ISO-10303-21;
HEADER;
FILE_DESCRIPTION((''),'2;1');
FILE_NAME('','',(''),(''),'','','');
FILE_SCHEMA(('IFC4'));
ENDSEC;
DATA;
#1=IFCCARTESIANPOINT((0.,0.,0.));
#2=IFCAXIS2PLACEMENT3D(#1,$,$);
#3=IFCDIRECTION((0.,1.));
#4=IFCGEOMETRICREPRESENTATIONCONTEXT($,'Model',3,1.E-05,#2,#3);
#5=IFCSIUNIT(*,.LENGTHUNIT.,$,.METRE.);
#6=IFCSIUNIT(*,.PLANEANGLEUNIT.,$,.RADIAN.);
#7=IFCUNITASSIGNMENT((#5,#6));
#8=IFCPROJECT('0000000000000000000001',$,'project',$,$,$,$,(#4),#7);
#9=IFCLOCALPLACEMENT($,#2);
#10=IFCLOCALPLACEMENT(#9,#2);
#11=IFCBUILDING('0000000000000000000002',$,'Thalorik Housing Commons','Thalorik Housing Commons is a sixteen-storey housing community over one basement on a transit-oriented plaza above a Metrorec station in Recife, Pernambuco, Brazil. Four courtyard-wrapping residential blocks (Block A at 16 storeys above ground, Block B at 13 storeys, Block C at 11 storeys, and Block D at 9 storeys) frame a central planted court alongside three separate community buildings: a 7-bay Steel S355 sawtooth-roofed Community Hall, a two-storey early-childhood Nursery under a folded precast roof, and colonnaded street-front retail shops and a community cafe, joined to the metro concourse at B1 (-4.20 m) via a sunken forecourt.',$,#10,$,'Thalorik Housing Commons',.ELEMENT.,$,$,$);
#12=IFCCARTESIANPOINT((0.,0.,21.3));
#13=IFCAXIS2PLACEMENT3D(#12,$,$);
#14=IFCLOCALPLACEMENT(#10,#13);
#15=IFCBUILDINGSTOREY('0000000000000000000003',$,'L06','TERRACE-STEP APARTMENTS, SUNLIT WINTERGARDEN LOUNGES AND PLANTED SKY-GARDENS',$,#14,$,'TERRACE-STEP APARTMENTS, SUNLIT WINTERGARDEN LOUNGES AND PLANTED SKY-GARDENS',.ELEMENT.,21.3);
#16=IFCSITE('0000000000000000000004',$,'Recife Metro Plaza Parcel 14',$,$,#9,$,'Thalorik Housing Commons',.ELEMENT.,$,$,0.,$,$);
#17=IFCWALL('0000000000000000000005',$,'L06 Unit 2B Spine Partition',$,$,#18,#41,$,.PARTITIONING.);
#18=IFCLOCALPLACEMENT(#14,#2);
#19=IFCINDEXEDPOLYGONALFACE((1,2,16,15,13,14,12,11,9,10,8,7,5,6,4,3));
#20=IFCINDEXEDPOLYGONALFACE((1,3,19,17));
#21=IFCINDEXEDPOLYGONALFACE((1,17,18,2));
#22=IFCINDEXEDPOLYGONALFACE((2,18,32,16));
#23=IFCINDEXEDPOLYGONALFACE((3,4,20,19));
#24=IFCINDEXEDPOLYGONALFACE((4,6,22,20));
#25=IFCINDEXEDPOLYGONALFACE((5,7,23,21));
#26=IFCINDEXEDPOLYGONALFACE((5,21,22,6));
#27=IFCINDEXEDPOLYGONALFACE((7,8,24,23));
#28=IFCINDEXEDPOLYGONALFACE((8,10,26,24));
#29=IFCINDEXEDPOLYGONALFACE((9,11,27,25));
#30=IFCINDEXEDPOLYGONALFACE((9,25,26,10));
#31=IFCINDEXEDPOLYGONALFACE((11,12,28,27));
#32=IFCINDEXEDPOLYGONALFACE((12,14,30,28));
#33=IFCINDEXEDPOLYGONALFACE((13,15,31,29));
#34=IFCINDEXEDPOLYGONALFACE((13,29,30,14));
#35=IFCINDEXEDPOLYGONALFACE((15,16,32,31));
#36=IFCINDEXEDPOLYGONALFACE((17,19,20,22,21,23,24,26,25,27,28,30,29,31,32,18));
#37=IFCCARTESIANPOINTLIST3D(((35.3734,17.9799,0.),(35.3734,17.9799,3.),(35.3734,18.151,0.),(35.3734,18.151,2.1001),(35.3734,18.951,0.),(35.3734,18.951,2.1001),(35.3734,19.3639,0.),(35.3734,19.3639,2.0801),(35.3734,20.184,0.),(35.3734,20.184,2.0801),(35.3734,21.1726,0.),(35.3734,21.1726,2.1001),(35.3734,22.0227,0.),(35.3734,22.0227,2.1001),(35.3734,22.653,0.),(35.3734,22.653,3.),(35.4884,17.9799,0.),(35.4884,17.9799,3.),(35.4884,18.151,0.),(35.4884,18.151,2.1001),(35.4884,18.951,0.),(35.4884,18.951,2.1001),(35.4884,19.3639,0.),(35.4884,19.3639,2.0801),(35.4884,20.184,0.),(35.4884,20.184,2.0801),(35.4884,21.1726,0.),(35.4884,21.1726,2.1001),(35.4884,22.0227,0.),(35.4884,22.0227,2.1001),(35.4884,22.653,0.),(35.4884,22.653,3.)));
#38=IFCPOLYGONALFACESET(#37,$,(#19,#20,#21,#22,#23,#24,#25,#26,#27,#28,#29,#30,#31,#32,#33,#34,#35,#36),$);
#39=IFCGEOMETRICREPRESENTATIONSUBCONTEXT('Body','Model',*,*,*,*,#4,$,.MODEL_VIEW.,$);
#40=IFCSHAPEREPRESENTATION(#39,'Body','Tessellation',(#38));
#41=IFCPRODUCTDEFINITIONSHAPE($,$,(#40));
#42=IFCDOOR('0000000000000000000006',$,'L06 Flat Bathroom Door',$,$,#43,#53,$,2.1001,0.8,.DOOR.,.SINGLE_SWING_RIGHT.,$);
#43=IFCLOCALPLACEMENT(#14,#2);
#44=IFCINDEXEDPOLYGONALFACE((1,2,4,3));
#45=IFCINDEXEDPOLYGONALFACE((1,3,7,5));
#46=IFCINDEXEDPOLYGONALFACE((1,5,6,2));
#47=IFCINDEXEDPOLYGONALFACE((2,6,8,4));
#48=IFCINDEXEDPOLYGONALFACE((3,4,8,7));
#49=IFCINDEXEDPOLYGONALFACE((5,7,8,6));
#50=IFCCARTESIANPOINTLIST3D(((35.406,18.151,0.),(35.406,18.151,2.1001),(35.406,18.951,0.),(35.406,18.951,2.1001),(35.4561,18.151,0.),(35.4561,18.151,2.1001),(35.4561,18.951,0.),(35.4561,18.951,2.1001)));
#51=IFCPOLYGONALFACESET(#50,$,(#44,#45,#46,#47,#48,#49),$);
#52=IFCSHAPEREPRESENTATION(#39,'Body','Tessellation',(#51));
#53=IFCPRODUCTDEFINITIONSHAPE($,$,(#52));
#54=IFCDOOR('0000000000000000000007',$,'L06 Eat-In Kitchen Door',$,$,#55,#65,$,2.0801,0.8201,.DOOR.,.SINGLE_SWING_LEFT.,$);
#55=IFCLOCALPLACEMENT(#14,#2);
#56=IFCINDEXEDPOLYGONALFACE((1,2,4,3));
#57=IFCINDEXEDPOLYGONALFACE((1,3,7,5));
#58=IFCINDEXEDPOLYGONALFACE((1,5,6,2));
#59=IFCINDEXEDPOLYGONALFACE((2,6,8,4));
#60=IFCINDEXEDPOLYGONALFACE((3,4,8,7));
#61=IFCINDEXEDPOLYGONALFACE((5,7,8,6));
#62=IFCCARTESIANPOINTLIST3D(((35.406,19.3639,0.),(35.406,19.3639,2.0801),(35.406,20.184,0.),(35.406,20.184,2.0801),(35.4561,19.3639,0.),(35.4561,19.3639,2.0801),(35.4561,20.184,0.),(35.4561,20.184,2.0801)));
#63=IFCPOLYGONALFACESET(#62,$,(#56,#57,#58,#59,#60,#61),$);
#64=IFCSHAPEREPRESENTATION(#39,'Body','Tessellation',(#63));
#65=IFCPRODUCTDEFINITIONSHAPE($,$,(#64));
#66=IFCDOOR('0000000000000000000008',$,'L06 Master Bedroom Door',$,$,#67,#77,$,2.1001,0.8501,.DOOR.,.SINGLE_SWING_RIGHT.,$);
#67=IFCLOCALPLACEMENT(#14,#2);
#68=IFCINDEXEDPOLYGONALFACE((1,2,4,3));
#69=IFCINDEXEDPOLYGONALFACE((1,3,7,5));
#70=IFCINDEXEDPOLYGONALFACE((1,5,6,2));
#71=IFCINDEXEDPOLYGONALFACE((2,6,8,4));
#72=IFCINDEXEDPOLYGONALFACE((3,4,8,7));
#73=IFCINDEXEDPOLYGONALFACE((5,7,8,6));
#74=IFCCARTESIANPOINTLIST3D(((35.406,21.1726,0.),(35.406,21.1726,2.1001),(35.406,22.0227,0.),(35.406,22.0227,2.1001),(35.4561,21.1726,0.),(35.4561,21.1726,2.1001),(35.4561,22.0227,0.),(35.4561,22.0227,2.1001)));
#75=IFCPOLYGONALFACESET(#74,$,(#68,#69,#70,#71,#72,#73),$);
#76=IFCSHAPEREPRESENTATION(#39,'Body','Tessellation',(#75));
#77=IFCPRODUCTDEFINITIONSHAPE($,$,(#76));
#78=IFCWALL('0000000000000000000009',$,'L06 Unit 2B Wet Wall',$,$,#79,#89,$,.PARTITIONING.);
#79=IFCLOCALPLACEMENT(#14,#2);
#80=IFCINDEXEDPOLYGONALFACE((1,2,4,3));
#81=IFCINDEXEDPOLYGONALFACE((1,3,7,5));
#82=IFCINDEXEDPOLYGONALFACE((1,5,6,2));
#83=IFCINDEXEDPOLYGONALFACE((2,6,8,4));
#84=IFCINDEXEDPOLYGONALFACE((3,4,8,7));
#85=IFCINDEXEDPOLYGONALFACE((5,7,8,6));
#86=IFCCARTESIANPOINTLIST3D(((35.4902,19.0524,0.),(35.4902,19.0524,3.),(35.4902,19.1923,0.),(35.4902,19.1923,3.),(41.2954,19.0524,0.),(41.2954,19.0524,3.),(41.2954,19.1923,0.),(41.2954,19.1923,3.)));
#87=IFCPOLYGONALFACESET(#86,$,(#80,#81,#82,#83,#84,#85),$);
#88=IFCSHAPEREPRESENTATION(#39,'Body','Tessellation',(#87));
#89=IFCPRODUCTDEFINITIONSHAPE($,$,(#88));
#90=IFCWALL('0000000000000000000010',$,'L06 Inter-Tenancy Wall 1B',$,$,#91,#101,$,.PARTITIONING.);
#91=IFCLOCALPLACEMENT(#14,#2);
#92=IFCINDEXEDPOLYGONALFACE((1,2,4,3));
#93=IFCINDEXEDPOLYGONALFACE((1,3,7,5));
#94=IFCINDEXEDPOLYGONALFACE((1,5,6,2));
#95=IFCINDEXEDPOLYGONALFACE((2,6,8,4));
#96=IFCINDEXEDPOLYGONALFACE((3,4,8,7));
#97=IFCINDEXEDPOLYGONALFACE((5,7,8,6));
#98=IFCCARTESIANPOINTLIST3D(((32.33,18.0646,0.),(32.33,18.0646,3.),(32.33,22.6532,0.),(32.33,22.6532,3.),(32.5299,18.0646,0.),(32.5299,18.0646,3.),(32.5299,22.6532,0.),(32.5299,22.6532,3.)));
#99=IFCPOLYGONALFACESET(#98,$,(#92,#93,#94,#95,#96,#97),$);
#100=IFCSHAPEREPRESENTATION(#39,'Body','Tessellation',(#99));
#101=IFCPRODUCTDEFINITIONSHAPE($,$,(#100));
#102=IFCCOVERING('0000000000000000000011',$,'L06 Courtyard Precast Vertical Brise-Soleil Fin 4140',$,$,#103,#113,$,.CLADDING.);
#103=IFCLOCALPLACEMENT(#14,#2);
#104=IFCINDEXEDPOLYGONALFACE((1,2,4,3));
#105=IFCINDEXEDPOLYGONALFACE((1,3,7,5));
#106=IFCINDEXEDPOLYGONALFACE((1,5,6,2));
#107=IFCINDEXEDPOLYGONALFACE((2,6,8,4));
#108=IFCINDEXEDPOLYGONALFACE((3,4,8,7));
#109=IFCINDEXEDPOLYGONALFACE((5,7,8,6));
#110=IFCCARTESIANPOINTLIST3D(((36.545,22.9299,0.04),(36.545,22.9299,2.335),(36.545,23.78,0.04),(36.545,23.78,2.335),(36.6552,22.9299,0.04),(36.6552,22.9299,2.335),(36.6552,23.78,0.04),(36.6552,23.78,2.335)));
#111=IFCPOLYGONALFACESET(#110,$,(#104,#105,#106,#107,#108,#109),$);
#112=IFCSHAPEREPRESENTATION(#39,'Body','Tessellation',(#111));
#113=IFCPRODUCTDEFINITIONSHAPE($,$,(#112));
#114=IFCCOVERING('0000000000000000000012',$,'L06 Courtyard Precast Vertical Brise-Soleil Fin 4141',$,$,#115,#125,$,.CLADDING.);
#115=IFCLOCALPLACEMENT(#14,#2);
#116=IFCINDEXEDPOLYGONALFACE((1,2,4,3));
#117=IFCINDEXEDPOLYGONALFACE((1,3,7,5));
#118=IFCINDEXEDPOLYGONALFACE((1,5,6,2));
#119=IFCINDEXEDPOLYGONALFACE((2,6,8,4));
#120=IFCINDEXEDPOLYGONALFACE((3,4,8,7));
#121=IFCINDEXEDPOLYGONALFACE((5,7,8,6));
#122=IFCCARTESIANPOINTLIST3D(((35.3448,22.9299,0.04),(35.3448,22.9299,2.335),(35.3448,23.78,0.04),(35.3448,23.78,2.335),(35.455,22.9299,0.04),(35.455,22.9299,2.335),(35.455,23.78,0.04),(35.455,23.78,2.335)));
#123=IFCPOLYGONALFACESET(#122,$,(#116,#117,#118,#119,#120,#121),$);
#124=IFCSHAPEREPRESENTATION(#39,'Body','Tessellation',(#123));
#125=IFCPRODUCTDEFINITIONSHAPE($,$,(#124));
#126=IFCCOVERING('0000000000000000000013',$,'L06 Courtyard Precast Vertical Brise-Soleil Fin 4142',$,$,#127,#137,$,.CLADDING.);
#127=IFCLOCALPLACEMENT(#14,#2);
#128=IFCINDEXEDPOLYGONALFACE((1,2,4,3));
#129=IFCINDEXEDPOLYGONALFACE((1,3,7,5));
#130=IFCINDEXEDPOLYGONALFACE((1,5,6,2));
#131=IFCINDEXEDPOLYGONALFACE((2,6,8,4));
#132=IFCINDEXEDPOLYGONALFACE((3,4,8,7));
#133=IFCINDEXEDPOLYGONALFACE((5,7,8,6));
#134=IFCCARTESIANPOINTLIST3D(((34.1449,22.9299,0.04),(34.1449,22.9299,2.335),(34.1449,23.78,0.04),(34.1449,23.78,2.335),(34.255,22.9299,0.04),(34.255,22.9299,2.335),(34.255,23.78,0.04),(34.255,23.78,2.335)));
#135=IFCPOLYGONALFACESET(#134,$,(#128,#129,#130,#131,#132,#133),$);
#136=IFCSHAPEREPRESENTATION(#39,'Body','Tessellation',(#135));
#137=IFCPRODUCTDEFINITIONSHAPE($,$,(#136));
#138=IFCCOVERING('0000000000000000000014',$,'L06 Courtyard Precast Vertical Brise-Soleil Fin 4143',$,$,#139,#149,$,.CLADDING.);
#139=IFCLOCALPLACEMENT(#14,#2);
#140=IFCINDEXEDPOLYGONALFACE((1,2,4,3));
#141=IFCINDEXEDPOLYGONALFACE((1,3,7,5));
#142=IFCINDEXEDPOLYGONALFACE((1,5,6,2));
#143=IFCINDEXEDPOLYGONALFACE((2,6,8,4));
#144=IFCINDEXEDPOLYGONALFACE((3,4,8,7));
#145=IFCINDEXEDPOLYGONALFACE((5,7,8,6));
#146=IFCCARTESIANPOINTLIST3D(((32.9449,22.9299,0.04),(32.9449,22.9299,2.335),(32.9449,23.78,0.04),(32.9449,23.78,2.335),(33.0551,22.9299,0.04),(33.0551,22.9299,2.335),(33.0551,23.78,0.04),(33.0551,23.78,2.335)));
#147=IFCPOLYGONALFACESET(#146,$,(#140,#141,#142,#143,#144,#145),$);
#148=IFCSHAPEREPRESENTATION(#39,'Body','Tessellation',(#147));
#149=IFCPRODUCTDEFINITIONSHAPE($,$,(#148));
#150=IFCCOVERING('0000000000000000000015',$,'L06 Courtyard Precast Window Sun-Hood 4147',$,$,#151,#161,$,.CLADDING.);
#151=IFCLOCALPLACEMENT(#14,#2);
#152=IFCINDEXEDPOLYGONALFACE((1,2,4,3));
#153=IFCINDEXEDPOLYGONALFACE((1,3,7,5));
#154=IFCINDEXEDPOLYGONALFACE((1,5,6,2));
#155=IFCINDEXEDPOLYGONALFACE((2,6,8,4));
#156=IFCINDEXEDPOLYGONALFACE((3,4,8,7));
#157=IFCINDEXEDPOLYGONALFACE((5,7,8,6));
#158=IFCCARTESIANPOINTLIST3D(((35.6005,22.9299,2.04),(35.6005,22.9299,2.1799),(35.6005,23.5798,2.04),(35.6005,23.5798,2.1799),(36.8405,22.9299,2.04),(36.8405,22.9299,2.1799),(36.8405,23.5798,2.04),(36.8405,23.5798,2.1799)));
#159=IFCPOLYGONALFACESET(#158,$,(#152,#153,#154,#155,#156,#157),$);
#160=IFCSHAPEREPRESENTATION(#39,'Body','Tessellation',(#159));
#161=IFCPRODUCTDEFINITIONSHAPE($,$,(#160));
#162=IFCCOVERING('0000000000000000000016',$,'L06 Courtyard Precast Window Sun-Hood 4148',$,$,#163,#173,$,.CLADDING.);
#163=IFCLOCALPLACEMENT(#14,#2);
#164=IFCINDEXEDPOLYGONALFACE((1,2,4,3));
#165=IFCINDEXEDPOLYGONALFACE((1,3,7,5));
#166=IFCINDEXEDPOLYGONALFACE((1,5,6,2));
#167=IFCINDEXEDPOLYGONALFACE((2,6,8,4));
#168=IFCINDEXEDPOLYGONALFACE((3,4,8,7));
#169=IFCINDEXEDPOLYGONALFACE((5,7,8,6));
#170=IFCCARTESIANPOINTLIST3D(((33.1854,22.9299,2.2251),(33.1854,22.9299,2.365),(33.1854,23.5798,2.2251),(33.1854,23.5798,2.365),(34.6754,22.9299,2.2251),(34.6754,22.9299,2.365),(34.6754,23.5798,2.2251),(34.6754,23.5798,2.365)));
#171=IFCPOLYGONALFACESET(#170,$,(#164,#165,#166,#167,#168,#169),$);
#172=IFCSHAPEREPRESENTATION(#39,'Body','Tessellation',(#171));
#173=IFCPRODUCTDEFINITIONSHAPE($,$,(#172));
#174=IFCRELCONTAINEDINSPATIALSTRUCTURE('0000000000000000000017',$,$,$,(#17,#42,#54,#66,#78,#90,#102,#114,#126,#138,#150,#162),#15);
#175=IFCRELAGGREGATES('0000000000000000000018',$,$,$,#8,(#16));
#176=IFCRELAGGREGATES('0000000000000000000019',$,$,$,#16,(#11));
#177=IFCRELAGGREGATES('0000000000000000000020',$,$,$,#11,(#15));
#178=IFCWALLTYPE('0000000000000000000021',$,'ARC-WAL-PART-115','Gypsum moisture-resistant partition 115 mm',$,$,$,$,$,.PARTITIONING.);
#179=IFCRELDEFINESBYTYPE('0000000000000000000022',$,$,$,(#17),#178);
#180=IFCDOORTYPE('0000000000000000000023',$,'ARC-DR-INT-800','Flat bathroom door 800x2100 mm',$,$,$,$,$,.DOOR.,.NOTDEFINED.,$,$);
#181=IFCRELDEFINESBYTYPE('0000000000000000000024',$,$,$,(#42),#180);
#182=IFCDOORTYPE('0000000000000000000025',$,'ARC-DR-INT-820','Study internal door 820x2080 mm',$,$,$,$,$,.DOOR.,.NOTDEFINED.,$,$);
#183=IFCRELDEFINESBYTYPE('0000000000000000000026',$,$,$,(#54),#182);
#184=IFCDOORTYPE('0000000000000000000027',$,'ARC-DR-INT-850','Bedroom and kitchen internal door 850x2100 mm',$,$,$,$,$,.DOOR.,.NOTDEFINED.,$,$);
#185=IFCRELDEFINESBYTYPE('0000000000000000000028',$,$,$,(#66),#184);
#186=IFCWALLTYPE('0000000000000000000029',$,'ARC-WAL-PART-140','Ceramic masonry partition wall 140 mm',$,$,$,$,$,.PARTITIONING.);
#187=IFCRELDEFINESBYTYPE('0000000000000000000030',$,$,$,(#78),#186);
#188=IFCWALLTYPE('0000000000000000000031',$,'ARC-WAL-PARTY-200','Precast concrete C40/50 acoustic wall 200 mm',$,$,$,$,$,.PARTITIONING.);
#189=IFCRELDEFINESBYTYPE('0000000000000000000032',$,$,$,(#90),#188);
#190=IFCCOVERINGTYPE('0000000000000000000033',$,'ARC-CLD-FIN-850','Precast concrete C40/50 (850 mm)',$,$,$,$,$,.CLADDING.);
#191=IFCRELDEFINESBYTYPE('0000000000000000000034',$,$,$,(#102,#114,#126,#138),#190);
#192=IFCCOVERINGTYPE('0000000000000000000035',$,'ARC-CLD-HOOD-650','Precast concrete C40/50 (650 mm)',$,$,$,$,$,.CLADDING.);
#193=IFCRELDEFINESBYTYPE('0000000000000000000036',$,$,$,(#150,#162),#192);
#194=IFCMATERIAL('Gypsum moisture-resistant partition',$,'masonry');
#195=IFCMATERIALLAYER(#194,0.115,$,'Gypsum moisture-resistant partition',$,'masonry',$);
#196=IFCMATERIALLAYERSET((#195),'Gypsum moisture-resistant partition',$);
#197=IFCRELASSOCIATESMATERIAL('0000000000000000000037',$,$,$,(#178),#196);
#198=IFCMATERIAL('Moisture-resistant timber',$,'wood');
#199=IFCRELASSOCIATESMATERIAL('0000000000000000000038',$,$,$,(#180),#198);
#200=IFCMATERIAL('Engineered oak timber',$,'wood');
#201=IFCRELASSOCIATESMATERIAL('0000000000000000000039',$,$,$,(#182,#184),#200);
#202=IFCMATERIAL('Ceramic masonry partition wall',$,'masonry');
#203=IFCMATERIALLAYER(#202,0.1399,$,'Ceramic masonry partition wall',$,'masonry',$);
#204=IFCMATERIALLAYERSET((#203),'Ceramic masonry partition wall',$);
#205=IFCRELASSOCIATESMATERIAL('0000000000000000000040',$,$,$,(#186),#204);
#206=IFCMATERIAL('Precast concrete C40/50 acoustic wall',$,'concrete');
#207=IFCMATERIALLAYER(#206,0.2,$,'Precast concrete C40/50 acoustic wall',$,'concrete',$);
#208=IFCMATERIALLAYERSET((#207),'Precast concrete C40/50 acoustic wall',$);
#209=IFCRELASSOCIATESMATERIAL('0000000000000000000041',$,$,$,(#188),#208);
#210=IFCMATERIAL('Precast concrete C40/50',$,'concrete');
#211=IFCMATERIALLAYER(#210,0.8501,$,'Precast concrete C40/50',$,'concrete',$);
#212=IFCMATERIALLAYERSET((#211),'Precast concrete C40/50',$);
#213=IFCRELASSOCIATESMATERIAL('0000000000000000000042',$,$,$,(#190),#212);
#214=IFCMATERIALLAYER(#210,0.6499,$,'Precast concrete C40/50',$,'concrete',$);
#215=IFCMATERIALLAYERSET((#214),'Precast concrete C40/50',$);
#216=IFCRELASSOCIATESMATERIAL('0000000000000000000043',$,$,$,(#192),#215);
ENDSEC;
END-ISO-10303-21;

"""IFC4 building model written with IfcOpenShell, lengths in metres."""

from ifc_helpers import new_model, si_unit, direction, frame, frame_2d, origin, origin_2d, place, context, subcontext, project, spatial, rectangle, extrude, material, layer, layer_set, type_object, element, fill, save


model = new_model("IFC4")

# Units and contexts
model_context = context("Model", 3, precision=1e-05, world=origin(), true_north=direction((0.0, 1.0)))
body_context = subcontext(model_context, "Body", "Model", "MODEL_VIEW")
ifc_project = project(units=[si_unit("LENGTHUNIT", "METRE"), si_unit("PLANEANGLEUNIT", "RADIAN")], contexts=[model_context])

# Site, building, storey
site_placement = place(None, origin())
site = spatial("IfcSite", under=ifc_project, at=site_placement, Name="Recife Metro Plaza Parcel 14", LongName="Thalorik Housing Commons", CompositionType="ELEMENT", RefElevation=0.0)
building_placement = place(site_placement, origin())
building = spatial("IfcBuilding", under=site, at=building_placement, Name="Thalorik Housing Commons", Description="Thalorik Housing Commons is a sixteen-storey housing community over one basement on a transit-oriented plaza above a Metrorec station in Recife, Pernambuco, Brazil. Four courtyard-wrapping residential blocks (Block A at 16 storeys above ground, Block B at 13 storeys, Block C at 11 storeys, and Block D at 9 storeys) frame a central planted court alongside three separate community buildings: a 7-bay Steel S355 sawtooth-roofed Community Hall, a two-storey early-childhood Nursery under a folded precast roof, and colonnaded street-front retail shops and a community cafe, joined to the metro concourse at B1 (-4.20 m) via a sunken forecourt.", LongName="Thalorik Housing Commons", CompositionType="ELEMENT")
storey_placement = place(building_placement, frame((0.0, 0.0, 21.3)))
storey = spatial("IfcBuildingStorey", under=building, at=storey_placement, Name="L06", Description="TERRACE-STEP APARTMENTS, SUNLIT WINTERGARDEN LOUNGES AND PLANTED SKY-GARDENS", LongName="TERRACE-STEP APARTMENTS, SUNLIT WINTERGARDEN LOUNGES AND PLANTED SKY-GARDENS", CompositionType="ELEMENT", Elevation=21.3)

# Shared definitions
ifc_material_1 = material(Name="Precast concrete C40/50", Category="concrete")

# Wall, openings, doors
ifc_material_2 = material(Name="Gypsum moisture-resistant partition", Category="masonry")
ifc_layer_1 = layer(ifc_material_2, 0.115, Name="Gypsum moisture-resistant partition", Category="masonry")
ifc_layer_set_1 = layer_set([ifc_layer_1], Name="Gypsum moisture-resistant partition")
wall_type_1 = type_object("IfcWallType", Name="ARC-WAL-PART-115", Description="Gypsum moisture-resistant partition 115 mm", PredefinedType="PARTITIONING", material=ifc_layer_set_1)
wall_1_placement = place(storey_placement, frame((35.4309, 17.98, 0.0), z_axis=(0.0, 0.0, 1.0), x_axis=(0.0, 1.0, 0.0)))
wall_1 = element("IfcWall", 1, at=wall_1_placement, inside=storey, type_object=wall_type_1, Name="L06 Unit 2B Spine Partition", PredefinedType="PARTITIONING", context=body_context, shape_type="SweptSolid", body=[
    extrude(rectangle(XDim=4.6731, YDim=0.115, at=frame_2d((2.3364, 0.0))), origin(), (0.0, 0.0, 1.0), 3.0),
])
opening_1_placement = place(wall_1_placement, frame((0.1711, 0.0, 0.0)))
opening_1 = element("IfcOpeningElement", 2, at=opening_1_placement, cuts=wall_1, PredefinedType="OPENING", context=body_context, shape_type="SweptSolid", body=[
    extrude(rectangle(XDim=0.8, YDim=2.1001, at=frame_2d((0.3999, 1.05))), frame((0.0, 0.0674, 0.0), z_axis=(0.0, -1.0, 0.0), x_axis=(1.0, 0.0, 0.0)), (0.0, 0.0, 1.0), 0.135),
])
opening_2_placement = place(wall_1_placement, frame((1.3838, 0.0, 0.0)))
opening_2 = element("IfcOpeningElement", 3, at=opening_2_placement, cuts=wall_1, PredefinedType="OPENING", context=body_context, shape_type="SweptSolid", body=[
    extrude(rectangle(XDim=0.8201, YDim=2.0801, at=frame_2d((0.4102, 1.04))), frame((0.0, 0.0674, 0.0), z_axis=(0.0, -1.0, 0.0), x_axis=(1.0, 0.0, 0.0)), (0.0, 0.0, 1.0), 0.135),
])
opening_3_placement = place(wall_1_placement, frame((3.1926, 0.0, 0.0)))
opening_3 = element("IfcOpeningElement", 4, at=opening_3_placement, cuts=wall_1, PredefinedType="OPENING", context=body_context, shape_type="SweptSolid", body=[
    extrude(rectangle(XDim=0.8501, YDim=2.1001, at=frame_2d((0.425, 1.05))), frame((0.0, 0.0674, 0.0), z_axis=(0.0, -1.0, 0.0), x_axis=(1.0, 0.0, 0.0)), (0.0, 0.0, 1.0), 0.135),
])
ifc_material_3 = material(Name="Moisture-resistant timber", Category="wood")
door_type_1 = type_object("IfcDoorType", Name="ARC-DR-INT-800", Description="Flat bathroom door 800x2100 mm", OperationType="NOTDEFINED", PredefinedType="DOOR", material=ifc_material_3)
door_1_placement = place(opening_1_placement, origin())
door_1 = element("IfcDoor", 5, at=door_1_placement, inside=storey, type_object=door_type_1, Name="L06 Flat Bathroom Door", OperationType="SINGLE_SWING_RIGHT", OverallHeight=2.1001, OverallWidth=0.8, PredefinedType="DOOR", context=body_context, shape_type="SweptSolid", body=[
    extrude(rectangle(XDim=0.8, YDim=2.1001, at=frame_2d((0.3999, 1.05))), frame((0.0, 0.0249, 0.0), z_axis=(0.0, -1.0, 0.0), x_axis=(1.0, 0.0, 0.0)), (0.0, 0.0, 1.0), 0.05),
])
fill(opening_1, door_1)
ifc_material_4 = material(Name="Engineered oak timber", Category="wood")
door_type_2 = type_object("IfcDoorType", Name="ARC-DR-INT-820", Description="Study internal door 820x2080 mm", OperationType="NOTDEFINED", PredefinedType="DOOR", material=ifc_material_4)
door_2_placement = place(opening_2_placement, origin())
door_2 = element("IfcDoor", 6, at=door_2_placement, inside=storey, type_object=door_type_2, Name="L06 Eat-In Kitchen Door", OperationType="SINGLE_SWING_LEFT", OverallHeight=2.0801, OverallWidth=0.8201, PredefinedType="DOOR", context=body_context, shape_type="SweptSolid", body=[
    extrude(rectangle(XDim=0.8201, YDim=2.0801, at=frame_2d((0.4102, 1.04))), frame((0.0, 0.0249, 0.0), z_axis=(0.0, -1.0, 0.0), x_axis=(1.0, 0.0, 0.0)), (0.0, 0.0, 1.0), 0.05),
])
fill(opening_2, door_2)
door_type_3 = type_object("IfcDoorType", Name="ARC-DR-INT-850", Description="Bedroom and kitchen internal door 850x2100 mm", OperationType="NOTDEFINED", PredefinedType="DOOR", material=ifc_material_4)
door_3_placement = place(opening_3_placement, origin())
door_3 = element("IfcDoor", 7, at=door_3_placement, inside=storey, type_object=door_type_3, Name="L06 Master Bedroom Door", OperationType="SINGLE_SWING_RIGHT", OverallHeight=2.1001, OverallWidth=0.8501, PredefinedType="DOOR", context=body_context, shape_type="SweptSolid", body=[
    extrude(rectangle(XDim=0.8501, YDim=2.1001, at=frame_2d((0.425, 1.05))), frame((0.0, 0.0249, 0.0), z_axis=(0.0, -1.0, 0.0), x_axis=(1.0, 0.0, 0.0)), (0.0, 0.0, 1.0), 0.05),
])
fill(opening_3, door_3)

# Walls
ifc_material_5 = material(Name="Ceramic masonry partition wall", Category="masonry")
ifc_layer_2 = layer(ifc_material_5, 0.1399, Name="Ceramic masonry partition wall", Category="masonry")
ifc_layer_set_2 = layer_set([ifc_layer_2], Name="Ceramic masonry partition wall")
wall_type_2 = type_object("IfcWallType", Name="ARC-WAL-PART-140", Description="Ceramic masonry partition wall 140 mm", PredefinedType="PARTITIONING", material=ifc_layer_set_2)
wall_2_placement = place(storey_placement, frame((35.4902, 19.1223, 0.0), z_axis=(0.0, 0.0, 1.0), x_axis=(1.0, 0.0, 0.0)))
element("IfcWall", 8, at=wall_2_placement, inside=storey, type_object=wall_type_2, Name="L06 Unit 2B Wet Wall", PredefinedType="PARTITIONING", context=body_context, shape_type="SweptSolid", body=[
    extrude(rectangle(XDim=5.8052, YDim=0.1399, at=frame_2d((2.9026, 0.0))), origin(), (0.0, 0.0, 1.0), 3.0),
])
ifc_material_6 = material(Name="Precast concrete C40/50 acoustic wall", Category="concrete")
ifc_layer_3 = layer(ifc_material_6, 0.2, Name="Precast concrete C40/50 acoustic wall", Category="concrete")
ifc_layer_set_3 = layer_set([ifc_layer_3], Name="Precast concrete C40/50 acoustic wall")
wall_type_3 = type_object("IfcWallType", Name="ARC-WAL-PARTY-200", Description="Precast concrete C40/50 acoustic wall 200 mm", PredefinedType="PARTITIONING", material=ifc_layer_set_3)
wall_3_placement = place(storey_placement, frame((32.4299, 18.0645, 0.0), z_axis=(0.0, 0.0, 1.0), x_axis=(0.0, 1.0, 0.0)))
element("IfcWall", 9, at=wall_3_placement, inside=storey, type_object=wall_type_3, Name="L06 Inter-Tenancy Wall 1B", PredefinedType="PARTITIONING", context=body_context, shape_type="SweptSolid", body=[
    extrude(rectangle(XDim=4.5886, YDim=0.2, at=frame_2d((2.2944, 0.0))), origin(), (0.0, 0.0, 1.0), 3.0),
])

# Coverings
ifc_layer_4 = layer(ifc_material_1, 0.8501, Name="Precast concrete C40/50", Category="concrete")
ifc_layer_set_4 = layer_set([ifc_layer_4], Name="Precast concrete C40/50")
covering_type_1 = type_object("IfcCoveringType", Name="ARC-CLD-FIN-850", Description="Precast concrete C40/50 (850 mm)", PredefinedType="CLADDING", material=ifc_layer_set_4)
for number, where, z_axis, x_axis, name in (
    (10, (36.6001, 23.355, 0.04), (0.0, 0.0, 1.0), (-1.0, 0.0, 0.0), "L06 Courtyard Precast Vertical Brise-Soleil Fin 4140"),
    (11, (35.3999, 23.355, 0.04), (0.0, 0.0, 1.0), (-1.0, 0.0, 0.0), "L06 Courtyard Precast Vertical Brise-Soleil Fin 4141"),
    (12, (34.2, 23.355, 0.04), (0.0, 0.0, 1.0), (-1.0, 0.0, 0.0), "L06 Courtyard Precast Vertical Brise-Soleil Fin 4142"),
    (13, (33.0, 23.355, 0.04), (0.0, 0.0, 1.0), (-1.0, 0.0, 0.0), "L06 Courtyard Precast Vertical Brise-Soleil Fin 4143"),
):
    element("IfcCovering", number, at=place(storey_placement, frame(where, z_axis=z_axis, x_axis=x_axis)), inside=storey, type_object=covering_type_1, Name=name, PredefinedType="CLADDING", context=body_context, shape_type="SweptSolid", body=[
        extrude(rectangle(XDim=0.1101, YDim=0.8501, at=origin_2d()), origin(), (0.0, 0.0, 1.0), 2.2949),
    ])
ifc_layer_5 = layer(ifc_material_1, 0.6499, Name="Precast concrete C40/50", Category="concrete")
ifc_layer_set_5 = layer_set([ifc_layer_5], Name="Precast concrete C40/50")
covering_type_2 = type_object("IfcCoveringType", Name="ARC-CLD-HOOD-650", Description="Precast concrete C40/50 (650 mm)", PredefinedType="CLADDING", material=ifc_layer_set_5)
covering_1_placement = place(storey_placement, frame((36.2205, 23.2549, 2.04), z_axis=(0.0, 0.0, 1.0), x_axis=(-1.0, 0.0, 0.0)))
element("IfcCovering", 14, at=covering_1_placement, inside=storey, type_object=covering_type_2, Name="L06 Courtyard Precast Window Sun-Hood 4147", PredefinedType="CLADDING", context=body_context, shape_type="SweptSolid", body=[
    extrude(rectangle(XDim=1.24, YDim=0.6499, at=origin_2d()), origin(), (0.0, 0.0, 1.0), 0.1399),
])
covering_2_placement = place(storey_placement, frame((33.9304, 23.2549, 2.2251), z_axis=(0.0, 0.0, 1.0), x_axis=(-1.0, 0.0, 0.0)))
element("IfcCovering", 15, at=covering_2_placement, inside=storey, type_object=covering_type_2, Name="L06 Courtyard Precast Window Sun-Hood 4148", PredefinedType="CLADDING", context=body_context, shape_type="SweptSolid", body=[
    extrude(rectangle(XDim=1.49, YDim=0.6499, at=origin_2d()), origin(), (0.0, 0.0, 1.0), 0.1399),
])

save(model, "model.ifc")
